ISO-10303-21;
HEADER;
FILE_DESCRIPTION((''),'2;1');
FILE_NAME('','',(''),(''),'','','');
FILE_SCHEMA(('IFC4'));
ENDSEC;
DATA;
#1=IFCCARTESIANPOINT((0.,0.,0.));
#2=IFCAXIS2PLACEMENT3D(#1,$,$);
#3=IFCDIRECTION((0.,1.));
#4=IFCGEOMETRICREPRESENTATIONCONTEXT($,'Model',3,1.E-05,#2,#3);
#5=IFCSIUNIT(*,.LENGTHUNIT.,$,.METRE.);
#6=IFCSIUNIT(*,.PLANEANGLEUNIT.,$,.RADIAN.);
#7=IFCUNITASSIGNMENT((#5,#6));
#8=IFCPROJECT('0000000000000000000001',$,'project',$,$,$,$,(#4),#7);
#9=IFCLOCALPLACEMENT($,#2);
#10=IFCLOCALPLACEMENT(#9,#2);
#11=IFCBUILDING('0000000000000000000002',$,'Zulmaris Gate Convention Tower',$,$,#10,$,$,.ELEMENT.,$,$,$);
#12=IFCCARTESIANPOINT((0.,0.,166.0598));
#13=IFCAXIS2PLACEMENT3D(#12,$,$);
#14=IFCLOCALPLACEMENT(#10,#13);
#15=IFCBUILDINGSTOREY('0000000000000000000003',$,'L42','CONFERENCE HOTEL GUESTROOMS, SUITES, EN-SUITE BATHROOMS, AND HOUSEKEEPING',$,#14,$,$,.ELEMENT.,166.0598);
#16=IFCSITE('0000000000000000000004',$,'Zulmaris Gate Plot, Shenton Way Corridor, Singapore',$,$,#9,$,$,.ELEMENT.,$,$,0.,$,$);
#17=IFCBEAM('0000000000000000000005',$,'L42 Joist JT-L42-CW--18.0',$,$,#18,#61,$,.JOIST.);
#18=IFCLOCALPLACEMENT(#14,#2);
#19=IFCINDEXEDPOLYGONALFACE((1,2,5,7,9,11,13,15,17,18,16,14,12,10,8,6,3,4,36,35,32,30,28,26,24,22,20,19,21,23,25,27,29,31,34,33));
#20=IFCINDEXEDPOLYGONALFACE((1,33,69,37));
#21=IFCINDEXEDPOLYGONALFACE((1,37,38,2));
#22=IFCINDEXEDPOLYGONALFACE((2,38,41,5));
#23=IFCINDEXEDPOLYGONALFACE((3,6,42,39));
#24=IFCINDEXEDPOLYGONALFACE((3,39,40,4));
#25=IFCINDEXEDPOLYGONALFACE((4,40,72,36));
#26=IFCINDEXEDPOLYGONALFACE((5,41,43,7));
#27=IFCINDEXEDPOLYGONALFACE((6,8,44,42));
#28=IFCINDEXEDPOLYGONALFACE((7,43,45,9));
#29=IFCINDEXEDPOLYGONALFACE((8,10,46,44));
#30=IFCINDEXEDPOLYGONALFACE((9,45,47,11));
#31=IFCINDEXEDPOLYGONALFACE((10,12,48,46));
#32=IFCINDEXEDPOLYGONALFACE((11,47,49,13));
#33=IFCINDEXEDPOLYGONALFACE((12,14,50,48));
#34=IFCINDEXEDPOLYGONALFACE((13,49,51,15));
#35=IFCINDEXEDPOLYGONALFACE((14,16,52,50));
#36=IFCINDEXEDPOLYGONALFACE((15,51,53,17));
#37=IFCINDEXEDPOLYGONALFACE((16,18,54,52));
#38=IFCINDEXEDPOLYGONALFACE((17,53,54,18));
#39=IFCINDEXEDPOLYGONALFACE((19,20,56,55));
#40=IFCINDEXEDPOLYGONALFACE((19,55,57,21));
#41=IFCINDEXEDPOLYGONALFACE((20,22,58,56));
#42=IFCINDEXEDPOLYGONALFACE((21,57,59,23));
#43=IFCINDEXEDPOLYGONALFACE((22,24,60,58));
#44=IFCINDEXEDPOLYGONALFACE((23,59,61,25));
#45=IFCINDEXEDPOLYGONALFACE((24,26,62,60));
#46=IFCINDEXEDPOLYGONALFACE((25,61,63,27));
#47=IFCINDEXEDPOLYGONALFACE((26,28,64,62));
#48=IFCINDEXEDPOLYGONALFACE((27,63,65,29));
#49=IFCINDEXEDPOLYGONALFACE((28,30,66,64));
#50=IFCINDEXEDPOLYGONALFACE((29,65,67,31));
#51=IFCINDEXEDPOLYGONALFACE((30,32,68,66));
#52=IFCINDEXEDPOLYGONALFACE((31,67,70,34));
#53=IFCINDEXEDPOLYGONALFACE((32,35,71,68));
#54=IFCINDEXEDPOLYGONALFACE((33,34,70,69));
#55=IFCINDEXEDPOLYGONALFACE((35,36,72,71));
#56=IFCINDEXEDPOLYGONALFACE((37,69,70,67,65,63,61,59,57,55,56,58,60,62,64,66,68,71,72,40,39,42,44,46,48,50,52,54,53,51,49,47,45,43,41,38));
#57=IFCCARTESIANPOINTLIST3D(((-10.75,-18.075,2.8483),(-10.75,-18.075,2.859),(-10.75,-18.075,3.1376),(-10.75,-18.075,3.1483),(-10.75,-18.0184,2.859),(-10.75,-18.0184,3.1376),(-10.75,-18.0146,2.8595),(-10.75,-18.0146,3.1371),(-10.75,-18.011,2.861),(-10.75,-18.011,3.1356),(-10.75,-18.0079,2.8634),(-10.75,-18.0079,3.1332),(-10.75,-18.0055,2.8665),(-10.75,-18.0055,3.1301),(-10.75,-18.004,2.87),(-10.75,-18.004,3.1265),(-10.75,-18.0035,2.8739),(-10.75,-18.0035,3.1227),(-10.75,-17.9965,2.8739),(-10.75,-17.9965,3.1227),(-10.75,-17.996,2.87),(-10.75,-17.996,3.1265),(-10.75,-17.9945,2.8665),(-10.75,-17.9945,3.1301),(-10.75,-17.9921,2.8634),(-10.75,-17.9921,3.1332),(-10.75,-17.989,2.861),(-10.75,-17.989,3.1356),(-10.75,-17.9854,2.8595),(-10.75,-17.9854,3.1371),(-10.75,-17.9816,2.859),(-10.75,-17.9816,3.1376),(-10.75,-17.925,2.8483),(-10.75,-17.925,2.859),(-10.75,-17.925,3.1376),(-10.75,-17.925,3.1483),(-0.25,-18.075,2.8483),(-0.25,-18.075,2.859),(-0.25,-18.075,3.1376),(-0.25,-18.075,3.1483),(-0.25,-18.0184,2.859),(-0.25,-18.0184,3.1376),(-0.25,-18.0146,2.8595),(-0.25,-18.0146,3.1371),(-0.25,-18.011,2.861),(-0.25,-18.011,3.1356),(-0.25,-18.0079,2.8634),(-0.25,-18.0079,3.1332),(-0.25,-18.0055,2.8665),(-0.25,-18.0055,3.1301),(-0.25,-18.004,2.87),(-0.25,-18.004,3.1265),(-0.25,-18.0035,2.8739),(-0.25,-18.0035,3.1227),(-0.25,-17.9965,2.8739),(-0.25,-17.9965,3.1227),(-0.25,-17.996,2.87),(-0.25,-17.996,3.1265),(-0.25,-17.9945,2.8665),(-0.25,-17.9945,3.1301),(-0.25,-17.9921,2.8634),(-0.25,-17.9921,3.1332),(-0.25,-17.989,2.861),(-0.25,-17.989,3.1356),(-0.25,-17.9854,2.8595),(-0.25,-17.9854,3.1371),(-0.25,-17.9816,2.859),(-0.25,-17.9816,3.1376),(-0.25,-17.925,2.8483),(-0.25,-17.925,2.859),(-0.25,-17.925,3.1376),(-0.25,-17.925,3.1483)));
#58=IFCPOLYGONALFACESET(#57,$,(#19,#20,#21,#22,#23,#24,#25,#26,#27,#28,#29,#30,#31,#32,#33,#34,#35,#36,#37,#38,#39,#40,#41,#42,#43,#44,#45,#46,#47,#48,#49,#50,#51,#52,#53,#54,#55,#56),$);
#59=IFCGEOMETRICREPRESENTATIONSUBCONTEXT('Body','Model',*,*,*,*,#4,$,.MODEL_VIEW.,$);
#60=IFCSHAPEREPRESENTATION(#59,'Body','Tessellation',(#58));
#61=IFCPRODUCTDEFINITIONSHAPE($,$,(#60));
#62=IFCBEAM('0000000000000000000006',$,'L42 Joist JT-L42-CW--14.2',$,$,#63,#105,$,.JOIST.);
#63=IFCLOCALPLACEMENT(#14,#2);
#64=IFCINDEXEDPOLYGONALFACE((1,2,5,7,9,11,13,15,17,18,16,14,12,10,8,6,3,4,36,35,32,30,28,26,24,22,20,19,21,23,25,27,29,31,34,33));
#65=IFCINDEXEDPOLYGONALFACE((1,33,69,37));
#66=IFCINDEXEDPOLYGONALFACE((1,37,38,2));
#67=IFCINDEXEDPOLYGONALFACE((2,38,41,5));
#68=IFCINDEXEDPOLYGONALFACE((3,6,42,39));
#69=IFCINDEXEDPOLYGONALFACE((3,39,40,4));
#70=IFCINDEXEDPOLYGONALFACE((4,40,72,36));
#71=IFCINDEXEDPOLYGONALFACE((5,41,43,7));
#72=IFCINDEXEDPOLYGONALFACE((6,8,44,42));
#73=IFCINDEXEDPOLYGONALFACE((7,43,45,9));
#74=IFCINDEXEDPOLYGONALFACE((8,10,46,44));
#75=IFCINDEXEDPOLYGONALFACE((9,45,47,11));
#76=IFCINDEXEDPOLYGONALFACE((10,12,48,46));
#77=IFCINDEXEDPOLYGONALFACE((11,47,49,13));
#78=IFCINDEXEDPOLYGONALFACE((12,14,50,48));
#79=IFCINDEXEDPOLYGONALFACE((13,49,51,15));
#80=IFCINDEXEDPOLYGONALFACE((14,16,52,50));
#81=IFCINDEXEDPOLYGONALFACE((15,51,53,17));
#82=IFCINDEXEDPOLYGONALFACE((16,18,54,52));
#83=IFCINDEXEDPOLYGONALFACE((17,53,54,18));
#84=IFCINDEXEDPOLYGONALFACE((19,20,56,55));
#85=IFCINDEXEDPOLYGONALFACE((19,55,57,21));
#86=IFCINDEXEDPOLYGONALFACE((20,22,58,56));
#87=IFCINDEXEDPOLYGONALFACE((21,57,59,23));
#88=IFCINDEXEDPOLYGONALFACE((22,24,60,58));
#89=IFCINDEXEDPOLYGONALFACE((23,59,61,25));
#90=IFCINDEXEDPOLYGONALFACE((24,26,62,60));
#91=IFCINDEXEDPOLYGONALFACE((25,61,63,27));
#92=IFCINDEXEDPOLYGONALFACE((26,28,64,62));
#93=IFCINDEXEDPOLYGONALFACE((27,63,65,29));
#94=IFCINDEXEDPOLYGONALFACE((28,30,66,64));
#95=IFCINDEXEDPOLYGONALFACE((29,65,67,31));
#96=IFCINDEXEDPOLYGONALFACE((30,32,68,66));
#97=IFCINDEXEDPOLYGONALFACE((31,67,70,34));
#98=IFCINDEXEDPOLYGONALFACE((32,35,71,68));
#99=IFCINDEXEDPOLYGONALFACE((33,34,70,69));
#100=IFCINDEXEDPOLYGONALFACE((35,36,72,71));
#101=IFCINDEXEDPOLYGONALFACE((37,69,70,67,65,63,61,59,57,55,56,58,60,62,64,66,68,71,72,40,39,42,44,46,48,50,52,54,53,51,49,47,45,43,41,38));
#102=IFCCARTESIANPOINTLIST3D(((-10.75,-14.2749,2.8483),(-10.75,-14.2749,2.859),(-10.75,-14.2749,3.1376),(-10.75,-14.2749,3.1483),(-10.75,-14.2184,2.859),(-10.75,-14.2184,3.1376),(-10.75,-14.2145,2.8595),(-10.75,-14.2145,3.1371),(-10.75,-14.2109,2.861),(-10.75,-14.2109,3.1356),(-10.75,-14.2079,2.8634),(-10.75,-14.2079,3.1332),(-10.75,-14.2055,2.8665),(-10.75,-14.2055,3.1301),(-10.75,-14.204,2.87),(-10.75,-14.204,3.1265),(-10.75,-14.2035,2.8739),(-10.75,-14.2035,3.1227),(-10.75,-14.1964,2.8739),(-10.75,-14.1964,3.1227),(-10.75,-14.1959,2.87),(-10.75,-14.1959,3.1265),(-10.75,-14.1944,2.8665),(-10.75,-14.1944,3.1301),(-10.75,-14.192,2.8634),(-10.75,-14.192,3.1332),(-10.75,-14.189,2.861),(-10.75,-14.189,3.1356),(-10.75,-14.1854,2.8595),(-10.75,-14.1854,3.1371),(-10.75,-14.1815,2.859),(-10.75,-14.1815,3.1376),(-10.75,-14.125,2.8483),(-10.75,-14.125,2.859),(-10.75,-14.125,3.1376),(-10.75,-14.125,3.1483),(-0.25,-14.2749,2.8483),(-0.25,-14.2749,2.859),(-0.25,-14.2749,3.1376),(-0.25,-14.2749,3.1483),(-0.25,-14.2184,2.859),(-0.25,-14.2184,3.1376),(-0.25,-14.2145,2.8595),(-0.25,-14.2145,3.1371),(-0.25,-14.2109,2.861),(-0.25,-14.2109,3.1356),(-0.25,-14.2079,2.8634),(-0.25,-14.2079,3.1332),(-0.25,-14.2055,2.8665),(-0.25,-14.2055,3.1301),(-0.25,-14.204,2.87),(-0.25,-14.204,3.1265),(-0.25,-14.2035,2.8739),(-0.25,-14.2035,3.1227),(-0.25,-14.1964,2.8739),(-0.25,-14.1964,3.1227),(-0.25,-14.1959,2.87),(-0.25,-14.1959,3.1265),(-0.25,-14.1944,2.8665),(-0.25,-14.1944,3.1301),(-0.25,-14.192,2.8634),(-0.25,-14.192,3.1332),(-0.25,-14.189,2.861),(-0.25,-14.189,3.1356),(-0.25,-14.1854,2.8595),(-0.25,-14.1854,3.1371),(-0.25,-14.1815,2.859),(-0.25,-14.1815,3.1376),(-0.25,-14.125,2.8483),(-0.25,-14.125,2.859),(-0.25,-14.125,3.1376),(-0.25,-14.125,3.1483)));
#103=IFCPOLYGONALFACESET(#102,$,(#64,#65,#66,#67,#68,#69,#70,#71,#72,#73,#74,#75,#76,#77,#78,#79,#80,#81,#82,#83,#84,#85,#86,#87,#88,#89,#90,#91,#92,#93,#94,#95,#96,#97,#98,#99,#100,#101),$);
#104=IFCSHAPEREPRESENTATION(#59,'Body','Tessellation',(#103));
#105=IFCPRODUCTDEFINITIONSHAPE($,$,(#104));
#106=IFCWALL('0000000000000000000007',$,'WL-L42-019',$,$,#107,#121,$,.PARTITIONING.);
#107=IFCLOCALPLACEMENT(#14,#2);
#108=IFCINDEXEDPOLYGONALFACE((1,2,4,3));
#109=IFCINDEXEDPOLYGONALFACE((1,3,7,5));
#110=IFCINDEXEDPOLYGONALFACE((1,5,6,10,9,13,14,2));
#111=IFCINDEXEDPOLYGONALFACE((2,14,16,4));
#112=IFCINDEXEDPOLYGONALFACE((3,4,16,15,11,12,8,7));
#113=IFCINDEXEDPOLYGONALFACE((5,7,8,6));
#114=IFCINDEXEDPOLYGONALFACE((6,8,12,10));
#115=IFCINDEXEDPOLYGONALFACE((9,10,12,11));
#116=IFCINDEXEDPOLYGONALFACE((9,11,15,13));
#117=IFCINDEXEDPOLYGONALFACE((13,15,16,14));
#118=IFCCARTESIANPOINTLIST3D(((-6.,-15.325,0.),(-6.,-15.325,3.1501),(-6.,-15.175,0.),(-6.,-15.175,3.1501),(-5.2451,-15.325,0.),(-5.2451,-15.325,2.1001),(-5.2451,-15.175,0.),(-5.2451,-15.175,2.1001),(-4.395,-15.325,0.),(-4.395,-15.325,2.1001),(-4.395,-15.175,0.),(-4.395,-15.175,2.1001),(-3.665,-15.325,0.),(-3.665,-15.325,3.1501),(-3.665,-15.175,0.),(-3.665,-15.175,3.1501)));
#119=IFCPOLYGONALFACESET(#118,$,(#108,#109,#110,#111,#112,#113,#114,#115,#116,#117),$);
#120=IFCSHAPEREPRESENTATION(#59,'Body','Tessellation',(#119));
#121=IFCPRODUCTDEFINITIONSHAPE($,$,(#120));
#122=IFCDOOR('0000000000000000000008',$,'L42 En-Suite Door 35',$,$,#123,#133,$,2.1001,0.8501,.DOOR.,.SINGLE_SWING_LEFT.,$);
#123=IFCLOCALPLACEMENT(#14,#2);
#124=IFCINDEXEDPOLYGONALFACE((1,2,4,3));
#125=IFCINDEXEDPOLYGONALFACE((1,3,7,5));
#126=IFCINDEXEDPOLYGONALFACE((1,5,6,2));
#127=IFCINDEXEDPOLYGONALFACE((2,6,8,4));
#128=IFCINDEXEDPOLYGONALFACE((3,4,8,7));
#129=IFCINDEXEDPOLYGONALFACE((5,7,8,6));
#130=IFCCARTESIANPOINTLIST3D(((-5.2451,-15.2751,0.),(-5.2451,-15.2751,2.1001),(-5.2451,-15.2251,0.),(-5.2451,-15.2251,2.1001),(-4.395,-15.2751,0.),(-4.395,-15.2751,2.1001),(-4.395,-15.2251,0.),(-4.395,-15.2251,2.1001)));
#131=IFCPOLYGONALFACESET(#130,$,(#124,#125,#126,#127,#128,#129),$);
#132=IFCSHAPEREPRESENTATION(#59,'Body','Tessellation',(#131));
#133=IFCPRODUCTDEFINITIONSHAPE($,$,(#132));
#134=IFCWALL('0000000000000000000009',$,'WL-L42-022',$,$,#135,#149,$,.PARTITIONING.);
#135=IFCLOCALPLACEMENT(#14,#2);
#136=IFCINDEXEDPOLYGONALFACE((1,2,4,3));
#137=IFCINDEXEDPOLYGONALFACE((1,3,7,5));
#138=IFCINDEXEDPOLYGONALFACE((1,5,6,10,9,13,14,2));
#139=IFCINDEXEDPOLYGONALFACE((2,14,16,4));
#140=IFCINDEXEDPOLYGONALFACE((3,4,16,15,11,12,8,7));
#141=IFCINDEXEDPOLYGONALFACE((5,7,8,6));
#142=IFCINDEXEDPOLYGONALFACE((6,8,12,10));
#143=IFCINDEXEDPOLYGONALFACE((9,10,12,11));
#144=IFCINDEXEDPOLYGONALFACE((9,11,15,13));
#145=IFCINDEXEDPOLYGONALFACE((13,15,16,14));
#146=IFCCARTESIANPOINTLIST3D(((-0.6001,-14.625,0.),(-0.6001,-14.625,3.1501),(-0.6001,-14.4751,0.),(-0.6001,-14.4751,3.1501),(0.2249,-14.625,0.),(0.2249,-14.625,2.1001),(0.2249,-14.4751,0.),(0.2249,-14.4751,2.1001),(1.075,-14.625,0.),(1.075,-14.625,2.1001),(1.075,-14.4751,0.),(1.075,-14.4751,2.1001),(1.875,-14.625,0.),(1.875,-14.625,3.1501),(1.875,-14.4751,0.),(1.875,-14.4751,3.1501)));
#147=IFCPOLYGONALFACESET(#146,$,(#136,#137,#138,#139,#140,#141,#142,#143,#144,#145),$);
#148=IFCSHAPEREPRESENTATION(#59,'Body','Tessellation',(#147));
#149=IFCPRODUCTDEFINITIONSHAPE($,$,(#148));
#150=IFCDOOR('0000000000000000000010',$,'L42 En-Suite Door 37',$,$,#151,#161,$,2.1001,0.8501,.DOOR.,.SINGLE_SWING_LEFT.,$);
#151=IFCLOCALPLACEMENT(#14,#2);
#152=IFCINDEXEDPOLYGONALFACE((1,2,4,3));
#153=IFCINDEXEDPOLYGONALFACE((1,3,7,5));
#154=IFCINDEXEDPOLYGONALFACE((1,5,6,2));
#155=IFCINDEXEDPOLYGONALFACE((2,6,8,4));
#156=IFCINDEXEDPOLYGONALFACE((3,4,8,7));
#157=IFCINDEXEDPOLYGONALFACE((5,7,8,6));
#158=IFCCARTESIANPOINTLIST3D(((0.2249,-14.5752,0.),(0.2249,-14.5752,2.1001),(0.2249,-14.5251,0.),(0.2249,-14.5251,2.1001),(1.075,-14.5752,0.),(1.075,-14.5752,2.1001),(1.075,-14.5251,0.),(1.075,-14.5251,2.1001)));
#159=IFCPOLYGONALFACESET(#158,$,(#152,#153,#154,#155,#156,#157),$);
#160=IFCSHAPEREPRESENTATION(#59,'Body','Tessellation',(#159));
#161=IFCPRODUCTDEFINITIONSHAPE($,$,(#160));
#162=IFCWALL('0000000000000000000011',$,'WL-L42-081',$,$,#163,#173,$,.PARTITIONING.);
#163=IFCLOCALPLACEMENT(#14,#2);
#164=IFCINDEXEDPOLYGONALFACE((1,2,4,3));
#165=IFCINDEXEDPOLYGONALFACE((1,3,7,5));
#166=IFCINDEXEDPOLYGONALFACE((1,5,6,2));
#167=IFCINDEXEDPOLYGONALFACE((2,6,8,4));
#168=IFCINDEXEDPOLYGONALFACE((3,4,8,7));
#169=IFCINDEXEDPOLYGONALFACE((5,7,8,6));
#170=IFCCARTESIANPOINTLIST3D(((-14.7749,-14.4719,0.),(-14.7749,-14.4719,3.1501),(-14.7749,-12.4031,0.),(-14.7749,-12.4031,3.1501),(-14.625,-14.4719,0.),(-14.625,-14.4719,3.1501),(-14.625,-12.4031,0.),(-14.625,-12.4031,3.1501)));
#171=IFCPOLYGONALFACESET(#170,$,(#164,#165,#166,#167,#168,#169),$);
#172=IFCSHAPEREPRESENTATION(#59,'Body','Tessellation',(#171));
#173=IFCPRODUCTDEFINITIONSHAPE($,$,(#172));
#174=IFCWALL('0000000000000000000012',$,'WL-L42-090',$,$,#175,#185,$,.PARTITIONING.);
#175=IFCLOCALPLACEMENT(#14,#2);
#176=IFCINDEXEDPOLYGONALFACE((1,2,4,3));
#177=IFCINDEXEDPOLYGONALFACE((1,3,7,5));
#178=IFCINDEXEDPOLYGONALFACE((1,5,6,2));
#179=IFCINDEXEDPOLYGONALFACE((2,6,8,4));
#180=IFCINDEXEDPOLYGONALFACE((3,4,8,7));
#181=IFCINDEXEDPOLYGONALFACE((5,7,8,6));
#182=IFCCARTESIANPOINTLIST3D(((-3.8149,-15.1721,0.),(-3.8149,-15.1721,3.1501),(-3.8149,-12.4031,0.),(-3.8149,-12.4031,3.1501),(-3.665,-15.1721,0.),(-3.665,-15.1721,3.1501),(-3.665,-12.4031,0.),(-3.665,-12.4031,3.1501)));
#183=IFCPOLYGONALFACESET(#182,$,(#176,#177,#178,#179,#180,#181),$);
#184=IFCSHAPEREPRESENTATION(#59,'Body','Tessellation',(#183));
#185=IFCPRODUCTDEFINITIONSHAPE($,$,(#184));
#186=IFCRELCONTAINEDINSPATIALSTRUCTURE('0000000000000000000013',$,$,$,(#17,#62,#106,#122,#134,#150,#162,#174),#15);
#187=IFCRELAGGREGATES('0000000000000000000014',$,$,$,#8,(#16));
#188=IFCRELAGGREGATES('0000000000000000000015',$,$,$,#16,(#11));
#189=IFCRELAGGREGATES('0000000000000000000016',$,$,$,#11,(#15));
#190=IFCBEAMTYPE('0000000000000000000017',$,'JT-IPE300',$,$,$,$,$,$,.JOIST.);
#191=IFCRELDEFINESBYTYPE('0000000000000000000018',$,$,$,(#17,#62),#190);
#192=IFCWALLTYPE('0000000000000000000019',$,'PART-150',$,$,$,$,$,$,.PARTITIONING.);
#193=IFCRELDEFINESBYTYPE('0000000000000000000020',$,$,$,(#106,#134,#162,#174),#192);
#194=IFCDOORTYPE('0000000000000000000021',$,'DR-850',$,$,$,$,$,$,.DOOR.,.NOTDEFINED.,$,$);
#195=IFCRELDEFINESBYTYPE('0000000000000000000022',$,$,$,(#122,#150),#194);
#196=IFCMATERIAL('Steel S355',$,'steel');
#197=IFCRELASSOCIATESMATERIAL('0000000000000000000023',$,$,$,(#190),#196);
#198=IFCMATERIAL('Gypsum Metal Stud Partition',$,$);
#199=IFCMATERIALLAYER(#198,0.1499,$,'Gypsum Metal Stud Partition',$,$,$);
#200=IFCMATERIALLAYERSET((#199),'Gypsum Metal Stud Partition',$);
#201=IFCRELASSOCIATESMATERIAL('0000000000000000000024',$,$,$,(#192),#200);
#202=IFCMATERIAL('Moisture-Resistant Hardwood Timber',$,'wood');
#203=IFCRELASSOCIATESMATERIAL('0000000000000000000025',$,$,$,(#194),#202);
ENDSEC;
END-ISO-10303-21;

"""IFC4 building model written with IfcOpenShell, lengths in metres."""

from ifc_helpers import new_model, si_unit, direction, frame, frame_2d, origin, origin_2d, place, context, subcontext, project, spatial, rectangle, i_section, extrude, material, layer, layer_set, material_profile, profile_set, type_object, element, fill, save


model = new_model("IFC4")

# Units and contexts
model_context = context("Model", 3, precision=1e-05, world=origin(), true_north=direction((0.0, 1.0)))
body_context = subcontext(model_context, "Body", "Model", "MODEL_VIEW")
ifc_project = project(units=[si_unit("LENGTHUNIT", "METRE"), si_unit("PLANEANGLEUNIT", "RADIAN")], contexts=[model_context])

# Site, building, storey
site_placement = place(None, origin())
site = spatial("IfcSite", under=ifc_project, at=site_placement, Name="Zulmaris Gate Plot, Shenton Way Corridor, Singapore", CompositionType="ELEMENT", RefElevation=0.0)
building_placement = place(site_placement, origin())
building = spatial("IfcBuilding", under=site, at=building_placement, Name="Zulmaris Gate Convention Tower", CompositionType="ELEMENT")
storey_placement = place(building_placement, frame((0.0, 0.0, 166.0598)))
storey = spatial("IfcBuildingStorey", under=building, at=storey_placement, Name="L42", Description="CONFERENCE HOTEL GUESTROOMS, SUITES, EN-SUITE BATHROOMS, AND HOUSEKEEPING", CompositionType="ELEMENT", Elevation=166.0598)

# Beams
ifc_material_1 = material(Name="Steel S355", Category="steel")
ifc_material_profile_1 = material_profile(ifc_material_1, i_section(OverallWidth=0.1499, OverallDepth=0.3, WebThickness=0.0071, FlangeThickness=0.0107, FilletRadius=0.0149, at=origin_2d()), Name="IPE 300")
ifc_profile_set_1 = profile_set([ifc_material_profile_1], Name="Steel S355")
beam_type_1 = type_object("IfcBeamType", Name="JT-IPE300", PredefinedType="JOIST", material=ifc_profile_set_1)
for number, where, z_axis, x_axis, name in (
    (1, (-10.75, -18.0, 2.9983), (1.0, 0.0, 0.0), (0.0, 1.0, 0.0), "L42 Joist JT-L42-CW--18.0"),
    (2, (-10.75, -14.2, 2.9983), (1.0, 0.0, 0.0), (0.0, 1.0, 0.0), "L42 Joist JT-L42-CW--14.2"),
):
    element("IfcBeam", number, at=place(storey_placement, frame(where, z_axis=z_axis, x_axis=x_axis)), inside=storey, type_object=beam_type_1, Name=name, PredefinedType="JOIST", context=body_context, shape_type="SweptSolid", body=[
        extrude(i_section(OverallWidth=0.1499, OverallDepth=0.3, WebThickness=0.0071, FlangeThickness=0.0107, FilletRadius=0.0149, at=origin_2d()), origin(), (0.0, 0.0, 1.0), 10.5),
    ])

# Walls, openings, doors
ifc_material_2 = material(Name="Gypsum Metal Stud Partition")
ifc_layer_1 = layer(ifc_material_2, 0.1499, Name="Gypsum Metal Stud Partition")
ifc_layer_set_1 = layer_set([ifc_layer_1], Name="Gypsum Metal Stud Partition")
wall_type_1 = type_object("IfcWallType", Name="PART-150", PredefinedType="PARTITIONING", material=ifc_layer_set_1)
wall_1_placement = place(storey_placement, frame((-6.0, -15.25, 0.0), z_axis=(0.0, 0.0, 1.0), x_axis=(1.0, 0.0, 0.0)))
wall_1 = element("IfcWall", 3, at=wall_1_placement, inside=storey, type_object=wall_type_1, Name="WL-L42-019", PredefinedType="PARTITIONING", context=body_context, shape_type="SweptSolid", body=[
    extrude(rectangle(XDim=2.335, YDim=0.1499, at=frame_2d((1.1675, 0.0))), origin(), (0.0, 0.0, 1.0), 3.1501),
])
opening_1_placement = place(wall_1_placement, frame((0.7549, 0.0, 0.0)))
opening_1 = element("IfcOpeningElement", 4, at=opening_1_placement, cuts=wall_1, PredefinedType="OPENING", context=body_context, shape_type="SweptSolid", body=[
    extrude(rectangle(XDim=0.8501, YDim=2.1001, at=frame_2d((0.425, 1.05))), frame((0.0, 0.085, 0.0), z_axis=(0.0, -1.0, 0.0), x_axis=(1.0, 0.0, 0.0)), (0.0, 0.0, 1.0), 0.1699),
])
ifc_material_3 = material(Name="Moisture-Resistant Hardwood Timber", Category="wood")
door_type_1 = type_object("IfcDoorType", Name="DR-850", OperationType="NOTDEFINED", PredefinedType="DOOR", material=ifc_material_3)
door_1_placement = place(opening_1_placement, origin())
door_1 = element("IfcDoor", 5, at=door_1_placement, inside=storey, type_object=door_type_1, Name="L42 En-Suite Door 35", OperationType="SINGLE_SWING_LEFT", OverallHeight=2.1001, OverallWidth=0.8501, PredefinedType="DOOR", context=body_context, shape_type="SweptSolid", body=[
    extrude(rectangle(XDim=0.8501, YDim=2.1001, at=frame_2d((0.425, 1.05))), frame((0.0, 0.0249, 0.0), z_axis=(0.0, -1.0, 0.0), x_axis=(1.0, 0.0, 0.0)), (0.0, 0.0, 1.0), 0.05),
])
fill(opening_1, door_1)
wall_2_placement = place(storey_placement, frame((-0.6001, -14.55, 0.0), z_axis=(0.0, 0.0, 1.0), x_axis=(1.0, 0.0, 0.0)))
wall_2 = element("IfcWall", 6, at=wall_2_placement, inside=storey, type_object=wall_type_1, Name="WL-L42-022", PredefinedType="PARTITIONING", context=body_context, shape_type="SweptSolid", body=[
    extrude(rectangle(XDim=2.4751, YDim=0.1499, at=frame_2d((1.2375, 0.0))), origin(), (0.0, 0.0, 1.0), 3.1501),
])
opening_2_placement = place(wall_2_placement, frame((0.825, 0.0, 0.0)))
opening_2 = element("IfcOpeningElement", 7, at=opening_2_placement, cuts=wall_2, PredefinedType="OPENING", context=body_context, shape_type="SweptSolid", body=[
    extrude(rectangle(XDim=0.8501, YDim=2.1001, at=frame_2d((0.425, 1.05))), frame((0.0, 0.085, 0.0), z_axis=(0.0, -1.0, 0.0), x_axis=(1.0, 0.0, 0.0)), (0.0, 0.0, 1.0), 0.1699),
])
door_2_placement = place(opening_2_placement, origin())
door_2 = element("IfcDoor", 8, at=door_2_placement, inside=storey, type_object=door_type_1, Name="L42 En-Suite Door 37", OperationType="SINGLE_SWING_LEFT", OverallHeight=2.1001, OverallWidth=0.8501, PredefinedType="DOOR", context=body_context, shape_type="SweptSolid", body=[
    extrude(rectangle(XDim=0.8501, YDim=2.1001, at=frame_2d((0.425, 1.05))), frame((0.0, 0.0249, 0.0), z_axis=(0.0, -1.0, 0.0), x_axis=(1.0, 0.0, 0.0)), (0.0, 0.0, 1.0), 0.05),
])
fill(opening_2, door_2)

# Walls
wall_3_placement = place(storey_placement, frame((-14.7, -14.4719, 0.0), z_axis=(0.0, 0.0, 1.0), x_axis=(0.0, 1.0, 0.0)))
element("IfcWall", 9, at=wall_3_placement, inside=storey, type_object=wall_type_1, Name="WL-L42-081", PredefinedType="PARTITIONING", context=body_context, shape_type="SweptSolid", body=[
    extrude(rectangle(XDim=2.0688, YDim=0.1499, at=frame_2d((1.0344, 0.0))), origin(), (0.0, 0.0, 1.0), 3.1501),
])
wall_4_placement = place(storey_placement, frame((-3.74, -15.1721, 0.0), z_axis=(0.0, 0.0, 1.0), x_axis=(0.0, 1.0, 0.0)))
element("IfcWall", 10, at=wall_4_placement, inside=storey, type_object=wall_type_1, Name="WL-L42-090", PredefinedType="PARTITIONING", context=body_context, shape_type="SweptSolid", body=[
    extrude(rectangle(XDim=2.769, YDim=0.1499, at=frame_2d((1.3845, 0.0))), origin(), (0.0, 0.0, 1.0), 3.1501),
])

save(model, "model.ifc")
